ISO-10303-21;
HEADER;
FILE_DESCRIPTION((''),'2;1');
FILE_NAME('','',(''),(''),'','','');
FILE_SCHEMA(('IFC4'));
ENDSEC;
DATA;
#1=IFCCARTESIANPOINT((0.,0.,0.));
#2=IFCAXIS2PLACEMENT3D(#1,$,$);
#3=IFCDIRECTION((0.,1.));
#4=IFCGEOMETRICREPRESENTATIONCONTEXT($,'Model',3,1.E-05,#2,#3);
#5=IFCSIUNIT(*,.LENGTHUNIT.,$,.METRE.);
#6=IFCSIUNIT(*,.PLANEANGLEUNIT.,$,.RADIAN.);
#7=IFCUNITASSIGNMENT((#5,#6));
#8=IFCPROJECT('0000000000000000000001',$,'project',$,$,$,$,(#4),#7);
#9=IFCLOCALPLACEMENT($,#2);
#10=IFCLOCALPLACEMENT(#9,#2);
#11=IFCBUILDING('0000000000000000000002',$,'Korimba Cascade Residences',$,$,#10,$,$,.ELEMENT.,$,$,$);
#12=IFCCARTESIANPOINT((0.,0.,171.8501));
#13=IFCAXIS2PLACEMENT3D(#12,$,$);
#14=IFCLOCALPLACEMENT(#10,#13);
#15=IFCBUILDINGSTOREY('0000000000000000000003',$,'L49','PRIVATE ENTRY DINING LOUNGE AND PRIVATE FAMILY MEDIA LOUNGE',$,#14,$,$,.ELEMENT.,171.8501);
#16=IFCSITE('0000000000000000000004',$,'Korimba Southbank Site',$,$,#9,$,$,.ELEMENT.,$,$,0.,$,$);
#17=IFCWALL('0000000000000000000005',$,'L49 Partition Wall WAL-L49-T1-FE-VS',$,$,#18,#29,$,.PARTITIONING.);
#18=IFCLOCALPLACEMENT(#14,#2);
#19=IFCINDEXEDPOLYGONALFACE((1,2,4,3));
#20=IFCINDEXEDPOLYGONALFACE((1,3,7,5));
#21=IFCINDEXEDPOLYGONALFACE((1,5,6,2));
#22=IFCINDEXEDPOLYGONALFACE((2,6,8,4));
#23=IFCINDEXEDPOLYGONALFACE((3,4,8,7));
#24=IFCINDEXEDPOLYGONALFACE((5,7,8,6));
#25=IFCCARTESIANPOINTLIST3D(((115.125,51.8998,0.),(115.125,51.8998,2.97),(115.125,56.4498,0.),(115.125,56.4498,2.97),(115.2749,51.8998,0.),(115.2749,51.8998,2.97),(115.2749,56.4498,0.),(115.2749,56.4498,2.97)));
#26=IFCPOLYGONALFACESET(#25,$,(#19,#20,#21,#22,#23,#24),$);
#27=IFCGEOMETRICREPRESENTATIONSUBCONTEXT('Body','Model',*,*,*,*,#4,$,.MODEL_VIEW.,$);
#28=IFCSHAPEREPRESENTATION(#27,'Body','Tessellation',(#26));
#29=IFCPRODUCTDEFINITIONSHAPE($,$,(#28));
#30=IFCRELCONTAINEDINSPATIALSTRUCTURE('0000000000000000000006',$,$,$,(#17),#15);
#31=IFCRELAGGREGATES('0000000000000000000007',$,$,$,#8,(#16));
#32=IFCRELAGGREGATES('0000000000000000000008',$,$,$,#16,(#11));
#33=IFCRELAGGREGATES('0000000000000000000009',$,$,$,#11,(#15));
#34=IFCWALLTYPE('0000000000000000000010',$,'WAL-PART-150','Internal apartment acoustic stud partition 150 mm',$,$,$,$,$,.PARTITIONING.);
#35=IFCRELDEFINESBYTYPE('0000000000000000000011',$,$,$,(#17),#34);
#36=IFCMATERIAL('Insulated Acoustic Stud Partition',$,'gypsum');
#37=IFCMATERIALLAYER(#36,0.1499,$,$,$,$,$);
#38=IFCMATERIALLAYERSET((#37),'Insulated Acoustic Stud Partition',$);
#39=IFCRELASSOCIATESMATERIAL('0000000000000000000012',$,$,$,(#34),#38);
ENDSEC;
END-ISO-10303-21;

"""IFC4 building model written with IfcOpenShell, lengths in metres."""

from ifc_helpers import new_model, si_unit, direction, frame, frame_2d, origin, place, context, subcontext, project, spatial, rectangle, extrude, material, layer, layer_set, type_object, element, save


model = new_model("IFC4")

# Units and contexts
model_context = context("Model", 3, precision=1e-05, world=origin(), true_north=direction((0.0, 1.0)))
body_context = subcontext(model_context, "Body", "Model", "MODEL_VIEW")
ifc_project = project(units=[si_unit("LENGTHUNIT", "METRE"), si_unit("PLANEANGLEUNIT", "RADIAN")], contexts=[model_context])

# Site, building, storey
site_placement = place(None, origin())
site = spatial("IfcSite", under=ifc_project, at=site_placement, Name="Korimba Southbank Site", CompositionType="ELEMENT", RefElevation=0.0)
building_placement = place(site_placement, origin())
building = spatial("IfcBuilding", under=site, at=building_placement, Name="Korimba Cascade Residences", CompositionType="ELEMENT")
storey_placement = place(building_placement, frame((0.0, 0.0, 171.8501)))
storey = spatial("IfcBuildingStorey", under=building, at=storey_placement, Name="L49", Description="PRIVATE ENTRY DINING LOUNGE AND PRIVATE FAMILY MEDIA LOUNGE", CompositionType="ELEMENT", Elevation=171.8501)

# Shared definitions
ifc_material_1 = material(Name="Insulated Acoustic Stud Partition", Category="gypsum")
ifc_layer_1 = layer(ifc_material_1, 0.1499)
ifc_layer_set_1 = layer_set([ifc_layer_1], Name="Insulated Acoustic Stud Partition")
wall_type_1 = type_object("IfcWallType", Name="WAL-PART-150", Description="Internal apartment acoustic stud partition 150 mm", PredefinedType="PARTITIONING", material=ifc_layer_set_1)

# Wall
wall_1_placement = place(storey_placement, frame((115.2, 51.8999, 0.0), z_axis=(0.0, 0.0, 1.0), x_axis=(0.0, 1.0, 0.0)))
element("IfcWall", 1, at=wall_1_placement, inside=storey, type_object=wall_type_1, Name="L49 Partition Wall WAL-L49-T1-FE-VS", PredefinedType="PARTITIONING", context=body_context, shape_type="SweptSolid", body=[
    extrude(rectangle(XDim=4.55, YDim=0.1499, at=frame_2d((2.2749, 0.0))), origin(), (0.0, 0.0, 1.0), 2.97),
])

save(model, "model.ifc")
